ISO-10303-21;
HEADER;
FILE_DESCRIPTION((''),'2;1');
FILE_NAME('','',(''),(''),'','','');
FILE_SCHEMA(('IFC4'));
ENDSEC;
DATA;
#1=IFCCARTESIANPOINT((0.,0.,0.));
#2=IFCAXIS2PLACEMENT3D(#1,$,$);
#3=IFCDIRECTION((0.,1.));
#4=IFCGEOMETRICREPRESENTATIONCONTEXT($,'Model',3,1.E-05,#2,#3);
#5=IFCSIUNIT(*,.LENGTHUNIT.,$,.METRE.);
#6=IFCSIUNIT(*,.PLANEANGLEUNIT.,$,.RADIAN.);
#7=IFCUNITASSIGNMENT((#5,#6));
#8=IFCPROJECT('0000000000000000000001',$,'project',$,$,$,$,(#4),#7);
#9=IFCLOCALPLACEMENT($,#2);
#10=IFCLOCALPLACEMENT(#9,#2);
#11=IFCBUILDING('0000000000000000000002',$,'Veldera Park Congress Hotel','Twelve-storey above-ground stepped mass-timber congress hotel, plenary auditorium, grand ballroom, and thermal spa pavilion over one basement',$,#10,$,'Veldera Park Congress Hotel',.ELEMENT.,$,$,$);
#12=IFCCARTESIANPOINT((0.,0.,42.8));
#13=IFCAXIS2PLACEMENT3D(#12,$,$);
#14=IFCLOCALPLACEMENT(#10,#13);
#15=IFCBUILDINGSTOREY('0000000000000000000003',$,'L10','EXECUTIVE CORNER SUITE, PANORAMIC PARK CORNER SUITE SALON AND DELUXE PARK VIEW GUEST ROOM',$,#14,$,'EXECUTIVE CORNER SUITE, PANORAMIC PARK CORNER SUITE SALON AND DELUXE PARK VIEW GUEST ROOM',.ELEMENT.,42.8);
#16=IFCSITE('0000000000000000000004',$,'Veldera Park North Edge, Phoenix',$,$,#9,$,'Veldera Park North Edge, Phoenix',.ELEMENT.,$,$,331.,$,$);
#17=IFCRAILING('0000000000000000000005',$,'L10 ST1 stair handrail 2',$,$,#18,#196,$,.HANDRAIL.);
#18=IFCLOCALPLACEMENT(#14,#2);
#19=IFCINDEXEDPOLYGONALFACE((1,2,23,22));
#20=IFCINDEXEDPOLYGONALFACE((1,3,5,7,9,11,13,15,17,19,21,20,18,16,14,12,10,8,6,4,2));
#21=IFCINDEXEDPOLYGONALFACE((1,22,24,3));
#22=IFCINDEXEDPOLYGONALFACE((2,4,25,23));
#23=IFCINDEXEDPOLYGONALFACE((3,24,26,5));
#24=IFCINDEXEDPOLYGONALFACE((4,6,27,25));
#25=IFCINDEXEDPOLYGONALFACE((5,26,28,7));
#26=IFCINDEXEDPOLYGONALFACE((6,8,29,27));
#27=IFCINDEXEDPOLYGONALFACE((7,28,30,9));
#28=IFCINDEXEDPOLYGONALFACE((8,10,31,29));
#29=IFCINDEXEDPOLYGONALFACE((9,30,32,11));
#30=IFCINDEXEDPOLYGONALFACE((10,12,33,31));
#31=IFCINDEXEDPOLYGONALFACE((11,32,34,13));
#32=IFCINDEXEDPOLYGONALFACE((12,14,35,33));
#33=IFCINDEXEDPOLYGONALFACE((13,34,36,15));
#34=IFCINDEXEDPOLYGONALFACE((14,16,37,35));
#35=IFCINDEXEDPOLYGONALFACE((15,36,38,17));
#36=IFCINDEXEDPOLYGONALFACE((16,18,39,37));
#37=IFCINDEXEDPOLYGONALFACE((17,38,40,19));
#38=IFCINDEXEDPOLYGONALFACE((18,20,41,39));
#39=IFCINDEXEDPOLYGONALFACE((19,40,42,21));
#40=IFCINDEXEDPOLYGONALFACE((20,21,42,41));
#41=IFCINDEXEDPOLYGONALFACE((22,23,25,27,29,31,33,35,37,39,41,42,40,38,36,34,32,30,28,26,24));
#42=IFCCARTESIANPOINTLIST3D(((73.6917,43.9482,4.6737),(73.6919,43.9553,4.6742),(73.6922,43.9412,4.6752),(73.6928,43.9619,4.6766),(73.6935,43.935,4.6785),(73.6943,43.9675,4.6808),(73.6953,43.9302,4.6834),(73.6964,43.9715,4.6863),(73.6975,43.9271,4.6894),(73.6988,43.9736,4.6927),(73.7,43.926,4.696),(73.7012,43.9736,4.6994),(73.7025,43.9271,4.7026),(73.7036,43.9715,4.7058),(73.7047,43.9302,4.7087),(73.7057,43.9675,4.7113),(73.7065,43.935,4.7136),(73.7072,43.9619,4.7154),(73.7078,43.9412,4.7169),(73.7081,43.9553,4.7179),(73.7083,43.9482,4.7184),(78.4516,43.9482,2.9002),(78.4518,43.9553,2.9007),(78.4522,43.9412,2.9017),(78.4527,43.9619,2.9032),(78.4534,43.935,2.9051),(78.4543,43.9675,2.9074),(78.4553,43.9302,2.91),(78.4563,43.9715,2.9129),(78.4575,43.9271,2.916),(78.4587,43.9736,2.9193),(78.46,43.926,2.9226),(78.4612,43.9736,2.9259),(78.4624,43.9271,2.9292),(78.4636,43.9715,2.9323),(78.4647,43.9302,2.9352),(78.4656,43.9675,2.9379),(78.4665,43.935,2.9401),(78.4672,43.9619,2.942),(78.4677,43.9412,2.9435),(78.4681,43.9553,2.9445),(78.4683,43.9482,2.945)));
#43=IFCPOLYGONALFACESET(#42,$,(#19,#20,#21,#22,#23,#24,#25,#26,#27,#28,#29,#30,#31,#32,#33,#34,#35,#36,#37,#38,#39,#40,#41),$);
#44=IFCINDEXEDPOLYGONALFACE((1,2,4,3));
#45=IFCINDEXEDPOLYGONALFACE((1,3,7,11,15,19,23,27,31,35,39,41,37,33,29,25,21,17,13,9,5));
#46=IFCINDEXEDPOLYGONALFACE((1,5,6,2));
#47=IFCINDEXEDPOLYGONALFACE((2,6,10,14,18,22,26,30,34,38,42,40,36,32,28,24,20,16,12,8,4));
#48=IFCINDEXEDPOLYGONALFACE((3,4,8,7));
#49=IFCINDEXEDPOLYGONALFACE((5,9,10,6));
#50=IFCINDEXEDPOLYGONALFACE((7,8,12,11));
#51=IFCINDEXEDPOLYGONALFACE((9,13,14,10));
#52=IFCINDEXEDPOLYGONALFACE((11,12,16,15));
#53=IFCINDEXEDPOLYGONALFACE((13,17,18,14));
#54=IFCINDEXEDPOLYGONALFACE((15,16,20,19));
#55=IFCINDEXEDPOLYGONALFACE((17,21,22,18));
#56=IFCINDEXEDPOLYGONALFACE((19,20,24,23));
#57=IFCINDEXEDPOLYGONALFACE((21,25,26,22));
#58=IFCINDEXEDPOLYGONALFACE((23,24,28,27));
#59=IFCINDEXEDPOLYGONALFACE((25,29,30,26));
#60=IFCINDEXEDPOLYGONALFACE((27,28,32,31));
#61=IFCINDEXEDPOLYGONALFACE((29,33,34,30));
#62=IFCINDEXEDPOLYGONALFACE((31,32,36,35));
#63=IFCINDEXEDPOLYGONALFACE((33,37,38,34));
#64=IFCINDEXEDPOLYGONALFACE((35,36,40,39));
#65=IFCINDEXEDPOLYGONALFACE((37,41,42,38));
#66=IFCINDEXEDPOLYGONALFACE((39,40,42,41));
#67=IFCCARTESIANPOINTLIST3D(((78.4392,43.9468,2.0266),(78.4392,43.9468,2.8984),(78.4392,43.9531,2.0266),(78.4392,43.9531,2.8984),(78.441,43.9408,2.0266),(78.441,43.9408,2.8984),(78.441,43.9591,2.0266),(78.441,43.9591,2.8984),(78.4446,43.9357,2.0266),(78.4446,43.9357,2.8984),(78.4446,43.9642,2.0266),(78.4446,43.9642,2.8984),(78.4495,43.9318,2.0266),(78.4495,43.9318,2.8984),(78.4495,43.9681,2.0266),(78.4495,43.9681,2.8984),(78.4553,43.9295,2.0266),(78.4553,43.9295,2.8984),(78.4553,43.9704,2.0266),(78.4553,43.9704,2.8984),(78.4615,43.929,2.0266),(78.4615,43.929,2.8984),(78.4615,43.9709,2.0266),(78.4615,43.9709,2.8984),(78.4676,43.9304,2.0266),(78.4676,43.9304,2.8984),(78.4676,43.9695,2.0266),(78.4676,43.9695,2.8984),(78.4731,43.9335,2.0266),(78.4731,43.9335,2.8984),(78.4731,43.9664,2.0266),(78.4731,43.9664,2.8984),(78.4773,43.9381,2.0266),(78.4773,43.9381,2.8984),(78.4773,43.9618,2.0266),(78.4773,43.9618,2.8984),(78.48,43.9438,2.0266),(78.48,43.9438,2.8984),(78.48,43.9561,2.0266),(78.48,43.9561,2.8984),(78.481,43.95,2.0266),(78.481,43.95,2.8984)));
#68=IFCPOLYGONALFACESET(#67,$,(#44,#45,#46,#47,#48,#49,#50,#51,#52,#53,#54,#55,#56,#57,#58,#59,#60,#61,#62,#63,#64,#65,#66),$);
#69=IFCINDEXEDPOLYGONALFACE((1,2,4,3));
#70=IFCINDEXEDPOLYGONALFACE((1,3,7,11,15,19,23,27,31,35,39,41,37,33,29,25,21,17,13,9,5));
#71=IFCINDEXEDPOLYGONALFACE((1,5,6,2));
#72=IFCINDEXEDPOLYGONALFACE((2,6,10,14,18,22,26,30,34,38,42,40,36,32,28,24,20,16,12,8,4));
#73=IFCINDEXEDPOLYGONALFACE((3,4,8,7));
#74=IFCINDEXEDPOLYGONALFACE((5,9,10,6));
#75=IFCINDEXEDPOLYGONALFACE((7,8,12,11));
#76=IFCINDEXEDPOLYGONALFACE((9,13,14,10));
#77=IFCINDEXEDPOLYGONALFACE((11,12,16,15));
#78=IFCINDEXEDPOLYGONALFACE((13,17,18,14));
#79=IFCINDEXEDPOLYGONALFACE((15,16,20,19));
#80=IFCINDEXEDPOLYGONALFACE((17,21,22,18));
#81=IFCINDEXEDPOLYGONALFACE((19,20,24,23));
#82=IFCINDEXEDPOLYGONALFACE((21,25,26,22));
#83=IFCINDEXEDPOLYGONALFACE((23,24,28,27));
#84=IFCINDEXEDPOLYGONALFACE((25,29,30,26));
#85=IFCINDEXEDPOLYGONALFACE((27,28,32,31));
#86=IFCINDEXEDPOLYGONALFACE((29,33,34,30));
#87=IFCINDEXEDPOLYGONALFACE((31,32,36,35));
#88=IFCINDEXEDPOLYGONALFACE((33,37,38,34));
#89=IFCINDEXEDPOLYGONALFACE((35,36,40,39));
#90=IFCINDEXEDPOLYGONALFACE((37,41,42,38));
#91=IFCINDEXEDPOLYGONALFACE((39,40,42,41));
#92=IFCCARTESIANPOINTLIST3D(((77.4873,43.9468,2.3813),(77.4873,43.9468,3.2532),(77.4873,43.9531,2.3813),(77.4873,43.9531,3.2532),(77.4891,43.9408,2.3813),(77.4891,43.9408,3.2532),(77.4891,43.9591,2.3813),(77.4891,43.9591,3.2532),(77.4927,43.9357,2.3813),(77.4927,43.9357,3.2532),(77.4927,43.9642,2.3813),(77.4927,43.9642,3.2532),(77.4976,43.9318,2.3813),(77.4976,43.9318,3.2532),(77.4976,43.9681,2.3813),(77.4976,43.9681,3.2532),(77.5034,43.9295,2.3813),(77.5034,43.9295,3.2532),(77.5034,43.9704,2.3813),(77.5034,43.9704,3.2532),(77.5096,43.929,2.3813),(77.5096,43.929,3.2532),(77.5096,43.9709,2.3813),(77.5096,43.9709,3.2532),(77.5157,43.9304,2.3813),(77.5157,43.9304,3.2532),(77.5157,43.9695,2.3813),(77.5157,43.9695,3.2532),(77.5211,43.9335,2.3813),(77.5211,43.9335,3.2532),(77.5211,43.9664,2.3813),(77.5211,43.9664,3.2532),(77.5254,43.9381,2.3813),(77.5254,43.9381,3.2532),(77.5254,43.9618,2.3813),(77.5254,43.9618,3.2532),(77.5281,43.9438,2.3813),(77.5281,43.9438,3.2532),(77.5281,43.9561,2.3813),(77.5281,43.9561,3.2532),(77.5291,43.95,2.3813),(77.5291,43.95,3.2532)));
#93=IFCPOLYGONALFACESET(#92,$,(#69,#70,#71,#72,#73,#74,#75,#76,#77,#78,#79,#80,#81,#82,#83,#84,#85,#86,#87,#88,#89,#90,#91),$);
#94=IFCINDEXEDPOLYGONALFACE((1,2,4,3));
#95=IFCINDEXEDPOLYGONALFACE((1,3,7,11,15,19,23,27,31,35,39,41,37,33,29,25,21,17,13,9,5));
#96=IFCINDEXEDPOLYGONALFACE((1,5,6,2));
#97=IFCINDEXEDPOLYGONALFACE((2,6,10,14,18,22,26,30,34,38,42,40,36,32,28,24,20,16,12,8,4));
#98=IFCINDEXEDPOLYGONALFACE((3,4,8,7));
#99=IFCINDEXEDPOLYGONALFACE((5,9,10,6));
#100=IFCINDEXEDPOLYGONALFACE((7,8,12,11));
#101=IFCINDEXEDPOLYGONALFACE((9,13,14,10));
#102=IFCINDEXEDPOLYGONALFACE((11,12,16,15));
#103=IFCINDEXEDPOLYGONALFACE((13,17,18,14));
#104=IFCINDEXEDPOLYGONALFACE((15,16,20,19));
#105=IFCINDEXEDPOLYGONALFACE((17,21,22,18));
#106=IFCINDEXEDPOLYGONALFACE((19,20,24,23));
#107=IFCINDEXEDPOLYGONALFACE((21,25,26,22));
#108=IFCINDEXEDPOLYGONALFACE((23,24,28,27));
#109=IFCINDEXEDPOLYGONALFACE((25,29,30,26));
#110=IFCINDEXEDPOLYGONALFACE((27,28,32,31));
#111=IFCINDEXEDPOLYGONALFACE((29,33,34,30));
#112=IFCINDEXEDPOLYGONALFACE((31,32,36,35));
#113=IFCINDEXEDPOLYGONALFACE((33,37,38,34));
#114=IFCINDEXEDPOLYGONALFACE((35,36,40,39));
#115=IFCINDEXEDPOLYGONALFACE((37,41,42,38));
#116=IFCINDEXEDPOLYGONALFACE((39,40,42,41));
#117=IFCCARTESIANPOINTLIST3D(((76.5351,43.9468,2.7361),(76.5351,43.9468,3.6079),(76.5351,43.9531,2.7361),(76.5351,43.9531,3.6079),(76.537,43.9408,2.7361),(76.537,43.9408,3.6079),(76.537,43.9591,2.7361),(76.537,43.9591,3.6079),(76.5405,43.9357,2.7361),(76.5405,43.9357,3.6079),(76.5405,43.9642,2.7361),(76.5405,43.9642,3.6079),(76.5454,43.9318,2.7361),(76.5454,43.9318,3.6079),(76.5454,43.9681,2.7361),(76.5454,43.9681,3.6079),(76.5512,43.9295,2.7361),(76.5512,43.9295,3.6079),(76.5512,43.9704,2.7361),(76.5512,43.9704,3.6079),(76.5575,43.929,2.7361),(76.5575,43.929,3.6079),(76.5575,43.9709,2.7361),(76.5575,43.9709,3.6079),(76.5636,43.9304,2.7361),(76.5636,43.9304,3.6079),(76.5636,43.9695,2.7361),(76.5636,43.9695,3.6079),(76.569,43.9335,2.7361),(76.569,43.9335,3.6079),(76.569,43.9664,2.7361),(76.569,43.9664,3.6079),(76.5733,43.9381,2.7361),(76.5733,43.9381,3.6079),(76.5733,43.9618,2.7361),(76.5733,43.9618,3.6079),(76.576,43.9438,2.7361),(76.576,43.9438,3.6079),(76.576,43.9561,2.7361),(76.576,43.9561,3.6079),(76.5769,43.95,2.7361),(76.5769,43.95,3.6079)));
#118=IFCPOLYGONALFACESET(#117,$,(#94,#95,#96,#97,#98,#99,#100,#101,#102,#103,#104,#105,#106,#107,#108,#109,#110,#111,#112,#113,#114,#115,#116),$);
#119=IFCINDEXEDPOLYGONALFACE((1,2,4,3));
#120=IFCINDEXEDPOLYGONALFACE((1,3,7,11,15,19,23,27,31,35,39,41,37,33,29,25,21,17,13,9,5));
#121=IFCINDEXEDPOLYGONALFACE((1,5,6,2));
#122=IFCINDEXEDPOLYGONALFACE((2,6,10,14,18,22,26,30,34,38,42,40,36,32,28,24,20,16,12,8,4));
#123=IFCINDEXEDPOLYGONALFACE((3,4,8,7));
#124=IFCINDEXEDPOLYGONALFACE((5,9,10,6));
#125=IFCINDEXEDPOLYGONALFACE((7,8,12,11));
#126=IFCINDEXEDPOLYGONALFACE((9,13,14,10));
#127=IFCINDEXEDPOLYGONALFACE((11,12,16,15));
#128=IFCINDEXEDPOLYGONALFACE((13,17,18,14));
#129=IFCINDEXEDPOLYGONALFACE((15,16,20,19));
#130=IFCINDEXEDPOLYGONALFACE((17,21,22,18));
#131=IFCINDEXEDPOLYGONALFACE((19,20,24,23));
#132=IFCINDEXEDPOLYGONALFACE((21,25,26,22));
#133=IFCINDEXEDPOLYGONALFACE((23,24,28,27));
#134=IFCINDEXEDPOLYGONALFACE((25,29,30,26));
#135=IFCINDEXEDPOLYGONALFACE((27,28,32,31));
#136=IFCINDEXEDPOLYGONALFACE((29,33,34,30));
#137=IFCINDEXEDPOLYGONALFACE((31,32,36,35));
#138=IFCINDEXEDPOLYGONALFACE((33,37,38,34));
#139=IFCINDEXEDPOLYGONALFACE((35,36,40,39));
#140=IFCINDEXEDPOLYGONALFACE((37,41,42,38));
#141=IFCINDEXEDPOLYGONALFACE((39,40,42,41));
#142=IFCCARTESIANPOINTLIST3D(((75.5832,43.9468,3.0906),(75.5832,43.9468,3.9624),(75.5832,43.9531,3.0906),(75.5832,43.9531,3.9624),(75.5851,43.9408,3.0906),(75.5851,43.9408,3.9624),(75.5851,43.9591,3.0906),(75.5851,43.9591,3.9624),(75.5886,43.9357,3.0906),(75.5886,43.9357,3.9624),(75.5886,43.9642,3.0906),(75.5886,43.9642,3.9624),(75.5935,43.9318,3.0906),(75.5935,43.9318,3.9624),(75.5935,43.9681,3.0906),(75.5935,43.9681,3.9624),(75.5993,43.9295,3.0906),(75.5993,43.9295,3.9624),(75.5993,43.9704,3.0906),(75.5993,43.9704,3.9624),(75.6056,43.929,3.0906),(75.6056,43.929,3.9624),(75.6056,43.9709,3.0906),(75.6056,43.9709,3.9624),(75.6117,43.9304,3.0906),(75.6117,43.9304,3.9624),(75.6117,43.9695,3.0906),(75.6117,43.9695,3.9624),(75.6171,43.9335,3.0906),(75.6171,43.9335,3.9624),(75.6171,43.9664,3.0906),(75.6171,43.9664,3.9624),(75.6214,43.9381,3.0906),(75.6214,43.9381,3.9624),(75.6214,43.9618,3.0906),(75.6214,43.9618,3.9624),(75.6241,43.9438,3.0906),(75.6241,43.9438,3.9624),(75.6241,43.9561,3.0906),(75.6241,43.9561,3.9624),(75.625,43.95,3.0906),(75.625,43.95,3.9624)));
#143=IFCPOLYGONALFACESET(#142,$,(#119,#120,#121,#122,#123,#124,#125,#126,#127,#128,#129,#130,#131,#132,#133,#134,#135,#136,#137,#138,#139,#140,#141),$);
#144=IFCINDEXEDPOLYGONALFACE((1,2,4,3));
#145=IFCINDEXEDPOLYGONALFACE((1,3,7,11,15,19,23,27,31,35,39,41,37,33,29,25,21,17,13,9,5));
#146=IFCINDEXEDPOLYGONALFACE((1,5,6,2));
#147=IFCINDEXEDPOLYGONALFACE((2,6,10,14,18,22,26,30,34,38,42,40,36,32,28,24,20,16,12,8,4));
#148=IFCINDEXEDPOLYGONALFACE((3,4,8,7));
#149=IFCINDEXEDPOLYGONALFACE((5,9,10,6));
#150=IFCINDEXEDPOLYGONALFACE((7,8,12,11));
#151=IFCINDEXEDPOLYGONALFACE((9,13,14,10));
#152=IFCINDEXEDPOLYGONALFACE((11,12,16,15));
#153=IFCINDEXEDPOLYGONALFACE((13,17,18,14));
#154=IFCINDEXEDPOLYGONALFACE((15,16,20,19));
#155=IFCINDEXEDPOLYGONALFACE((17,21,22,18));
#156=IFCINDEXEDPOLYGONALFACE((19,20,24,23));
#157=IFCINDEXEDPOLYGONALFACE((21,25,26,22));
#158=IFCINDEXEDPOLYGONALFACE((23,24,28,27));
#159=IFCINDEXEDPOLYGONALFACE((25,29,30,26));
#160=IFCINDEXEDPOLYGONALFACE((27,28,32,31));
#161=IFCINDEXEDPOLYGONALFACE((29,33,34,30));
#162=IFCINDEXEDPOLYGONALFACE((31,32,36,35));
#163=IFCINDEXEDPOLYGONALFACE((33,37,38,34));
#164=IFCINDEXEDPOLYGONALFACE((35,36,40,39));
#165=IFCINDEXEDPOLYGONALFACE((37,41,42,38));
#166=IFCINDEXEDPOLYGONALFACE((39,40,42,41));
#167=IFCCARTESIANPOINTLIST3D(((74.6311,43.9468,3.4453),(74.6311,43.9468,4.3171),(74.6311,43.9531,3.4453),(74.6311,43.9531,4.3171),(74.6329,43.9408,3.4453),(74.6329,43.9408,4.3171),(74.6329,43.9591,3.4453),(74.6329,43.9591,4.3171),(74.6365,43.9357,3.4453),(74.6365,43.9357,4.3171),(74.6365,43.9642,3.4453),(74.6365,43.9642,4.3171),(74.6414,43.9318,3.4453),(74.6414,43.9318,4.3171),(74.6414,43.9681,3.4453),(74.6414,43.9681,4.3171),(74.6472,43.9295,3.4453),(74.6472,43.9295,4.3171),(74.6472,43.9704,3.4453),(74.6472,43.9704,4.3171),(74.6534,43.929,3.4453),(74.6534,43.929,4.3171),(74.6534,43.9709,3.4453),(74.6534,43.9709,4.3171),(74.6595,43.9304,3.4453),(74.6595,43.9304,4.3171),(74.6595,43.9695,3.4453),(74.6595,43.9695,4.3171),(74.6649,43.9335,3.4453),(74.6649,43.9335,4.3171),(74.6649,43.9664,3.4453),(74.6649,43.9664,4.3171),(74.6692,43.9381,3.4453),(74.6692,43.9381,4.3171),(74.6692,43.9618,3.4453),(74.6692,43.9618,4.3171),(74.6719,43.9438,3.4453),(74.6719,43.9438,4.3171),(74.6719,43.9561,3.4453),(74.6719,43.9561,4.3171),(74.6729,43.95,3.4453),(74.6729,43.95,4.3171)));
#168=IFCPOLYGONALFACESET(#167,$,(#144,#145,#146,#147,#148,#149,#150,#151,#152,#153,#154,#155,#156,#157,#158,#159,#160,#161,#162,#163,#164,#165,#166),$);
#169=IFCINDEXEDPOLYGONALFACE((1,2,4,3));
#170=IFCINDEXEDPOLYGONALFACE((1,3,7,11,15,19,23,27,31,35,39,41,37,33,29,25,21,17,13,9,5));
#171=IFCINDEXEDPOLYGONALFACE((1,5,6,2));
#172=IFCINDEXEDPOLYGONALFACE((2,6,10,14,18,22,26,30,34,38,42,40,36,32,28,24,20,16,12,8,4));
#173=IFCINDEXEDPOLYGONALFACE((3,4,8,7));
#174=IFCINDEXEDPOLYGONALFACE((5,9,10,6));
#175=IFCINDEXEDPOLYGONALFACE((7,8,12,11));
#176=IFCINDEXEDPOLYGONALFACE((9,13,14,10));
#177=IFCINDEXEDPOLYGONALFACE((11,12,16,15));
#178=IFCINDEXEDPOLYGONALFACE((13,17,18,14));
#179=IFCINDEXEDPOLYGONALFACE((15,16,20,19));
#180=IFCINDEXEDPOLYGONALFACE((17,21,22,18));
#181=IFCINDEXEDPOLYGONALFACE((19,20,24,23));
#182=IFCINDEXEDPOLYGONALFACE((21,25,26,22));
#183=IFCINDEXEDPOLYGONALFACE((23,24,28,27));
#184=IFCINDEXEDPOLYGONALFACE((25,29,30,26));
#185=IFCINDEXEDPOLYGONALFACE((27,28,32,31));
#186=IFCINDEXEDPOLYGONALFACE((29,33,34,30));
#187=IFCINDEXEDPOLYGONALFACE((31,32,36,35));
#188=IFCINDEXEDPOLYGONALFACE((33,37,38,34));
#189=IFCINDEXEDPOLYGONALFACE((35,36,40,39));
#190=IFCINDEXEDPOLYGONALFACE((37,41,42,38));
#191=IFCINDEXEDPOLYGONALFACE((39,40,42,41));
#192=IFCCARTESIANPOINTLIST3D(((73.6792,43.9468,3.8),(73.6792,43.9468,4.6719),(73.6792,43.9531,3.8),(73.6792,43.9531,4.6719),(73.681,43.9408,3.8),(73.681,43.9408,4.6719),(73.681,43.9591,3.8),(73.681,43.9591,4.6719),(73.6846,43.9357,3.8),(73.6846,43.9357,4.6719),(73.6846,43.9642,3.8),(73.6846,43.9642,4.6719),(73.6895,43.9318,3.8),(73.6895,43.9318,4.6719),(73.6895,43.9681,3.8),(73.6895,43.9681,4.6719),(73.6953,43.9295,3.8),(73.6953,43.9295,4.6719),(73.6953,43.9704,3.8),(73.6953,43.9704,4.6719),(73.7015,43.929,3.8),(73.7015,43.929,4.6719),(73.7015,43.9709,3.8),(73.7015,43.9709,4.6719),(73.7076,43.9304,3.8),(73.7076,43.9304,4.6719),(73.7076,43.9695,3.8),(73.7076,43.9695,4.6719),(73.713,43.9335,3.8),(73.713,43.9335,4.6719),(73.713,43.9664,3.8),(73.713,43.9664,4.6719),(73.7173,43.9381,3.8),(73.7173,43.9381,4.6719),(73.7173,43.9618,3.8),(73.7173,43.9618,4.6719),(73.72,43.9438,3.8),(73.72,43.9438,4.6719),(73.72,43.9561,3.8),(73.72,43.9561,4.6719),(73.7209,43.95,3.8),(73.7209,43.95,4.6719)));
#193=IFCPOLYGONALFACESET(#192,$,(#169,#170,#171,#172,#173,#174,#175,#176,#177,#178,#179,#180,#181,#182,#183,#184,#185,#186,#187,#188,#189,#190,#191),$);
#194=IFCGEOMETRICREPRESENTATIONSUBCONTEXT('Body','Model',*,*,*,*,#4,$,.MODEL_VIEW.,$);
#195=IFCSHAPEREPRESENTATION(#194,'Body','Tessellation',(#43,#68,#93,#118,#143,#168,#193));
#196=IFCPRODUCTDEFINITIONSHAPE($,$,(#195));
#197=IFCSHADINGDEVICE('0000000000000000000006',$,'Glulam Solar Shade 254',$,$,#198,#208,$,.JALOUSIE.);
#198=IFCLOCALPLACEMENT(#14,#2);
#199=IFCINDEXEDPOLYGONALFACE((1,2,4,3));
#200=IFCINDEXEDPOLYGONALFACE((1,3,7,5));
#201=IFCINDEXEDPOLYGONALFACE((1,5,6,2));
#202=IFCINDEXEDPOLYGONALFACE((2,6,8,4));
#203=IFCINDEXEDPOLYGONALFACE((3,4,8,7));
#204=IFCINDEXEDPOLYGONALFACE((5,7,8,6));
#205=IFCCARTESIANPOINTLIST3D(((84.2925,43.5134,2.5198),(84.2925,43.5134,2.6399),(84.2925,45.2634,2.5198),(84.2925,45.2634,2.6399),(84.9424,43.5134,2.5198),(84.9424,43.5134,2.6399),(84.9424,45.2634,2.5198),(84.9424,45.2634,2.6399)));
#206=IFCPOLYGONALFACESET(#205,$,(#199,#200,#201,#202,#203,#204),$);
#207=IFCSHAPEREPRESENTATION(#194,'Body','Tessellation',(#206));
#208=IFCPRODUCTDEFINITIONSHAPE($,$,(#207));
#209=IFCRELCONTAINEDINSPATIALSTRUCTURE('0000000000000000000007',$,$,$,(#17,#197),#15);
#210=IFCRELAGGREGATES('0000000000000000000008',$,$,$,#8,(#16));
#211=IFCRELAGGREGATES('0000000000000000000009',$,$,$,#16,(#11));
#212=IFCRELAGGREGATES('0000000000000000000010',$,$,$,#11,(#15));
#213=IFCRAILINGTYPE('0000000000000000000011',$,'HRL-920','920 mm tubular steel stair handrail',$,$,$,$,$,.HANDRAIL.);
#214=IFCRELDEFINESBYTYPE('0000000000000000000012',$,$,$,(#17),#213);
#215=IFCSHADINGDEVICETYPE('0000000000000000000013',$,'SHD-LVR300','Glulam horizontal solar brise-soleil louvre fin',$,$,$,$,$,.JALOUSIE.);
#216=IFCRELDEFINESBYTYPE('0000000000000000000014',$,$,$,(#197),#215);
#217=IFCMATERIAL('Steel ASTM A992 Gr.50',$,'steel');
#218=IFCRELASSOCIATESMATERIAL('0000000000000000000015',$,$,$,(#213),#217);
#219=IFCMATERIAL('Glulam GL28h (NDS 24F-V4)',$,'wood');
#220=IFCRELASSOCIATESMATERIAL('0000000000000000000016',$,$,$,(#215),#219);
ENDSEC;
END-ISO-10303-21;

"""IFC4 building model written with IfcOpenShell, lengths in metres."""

from ifc_helpers import new_model, si_unit, direction, frame, origin, origin_2d, place, context, subcontext, project, spatial, rectangle, circle, extrude, material, type_object, element, save


model = new_model("IFC4")

# Units and contexts
model_context = context("Model", 3, precision=1e-05, world=origin(), true_north=direction((0.0, 1.0)))
body_context = subcontext(model_context, "Body", "Model", "MODEL_VIEW")
ifc_project = project(units=[si_unit("LENGTHUNIT", "METRE"), si_unit("PLANEANGLEUNIT", "RADIAN")], contexts=[model_context])

# Site, building, storey
site_placement = place(None, origin())
site = spatial("IfcSite", under=ifc_project, at=site_placement, Name="Veldera Park North Edge, Phoenix", LongName="Veldera Park North Edge, Phoenix", CompositionType="ELEMENT", RefElevation=331.0)
building_placement = place(site_placement, origin())
building = spatial("IfcBuilding", under=site, at=building_placement, Name="Veldera Park Congress Hotel", Description="Twelve-storey above-ground stepped mass-timber congress hotel, plenary auditorium, grand ballroom, and thermal spa pavilion over one basement", LongName="Veldera Park Congress Hotel", CompositionType="ELEMENT")
storey_placement = place(building_placement, frame((0.0, 0.0, 42.8)))
storey = spatial("IfcBuildingStorey", under=building, at=storey_placement, Name="L10", Description="EXECUTIVE CORNER SUITE, PANORAMIC PARK CORNER SUITE SALON AND DELUXE PARK VIEW GUEST ROOM", LongName="EXECUTIVE CORNER SUITE, PANORAMIC PARK CORNER SUITE SALON AND DELUXE PARK VIEW GUEST ROOM", CompositionType="ELEMENT", Elevation=42.8)

# Shared definitions
ifc_material_1 = material(Name="Glulam GL28h (NDS 24F-V4)", Category="wood")

# Railing
ifc_material_2 = material(Name="Steel ASTM A992 Gr.50", Category="steel")
railing_type_1 = type_object("IfcRailingType", Name="HRL-920", Description="920 mm tubular steel stair handrail", PredefinedType="HANDRAIL", material=ifc_material_2)
railing_1_placement = place(storey_placement, frame((78.46, 43.95, 2.0266)))
element("IfcRailing", 1, at=railing_1_placement, inside=storey, type_object=railing_type_1, Name="L10 ST1 stair handrail 2", PredefinedType="HANDRAIL", context=body_context, shape_type="SweptSolid", body=[
    extrude(circle(Radius=0.0239, at=origin_2d()), frame((0.0, 0.0, 0.896), z_axis=(-0.937076, 0.0, 0.349126), x_axis=(0.0, -1.0, 0.0)), (0.0, 0.0, 1.0), 5.0796),
    extrude(circle(Radius=0.021, at=origin_2d()), origin(), (0.0, 0.0, 1.0), 0.8718),
    extrude(circle(Radius=0.021, at=origin_2d()), frame((-0.9519, 0.0, 0.3547)), (0.0, 0.0, 1.0), 0.8718),
    extrude(circle(Radius=0.021, at=origin_2d()), frame((-1.9041, 0.0, 0.7095)), (0.0, 0.0, 1.0), 0.8718),
    extrude(circle(Radius=0.021, at=origin_2d()), frame((-2.856, 0.0, 1.064)), (0.0, 0.0, 1.0), 0.8718),
    extrude(circle(Radius=0.021, at=origin_2d()), frame((-3.8081, 0.0, 1.4187)), (0.0, 0.0, 1.0), 0.8718),
    extrude(circle(Radius=0.021, at=origin_2d()), frame((-4.76, 0.0, 1.7734)), (0.0, 0.0, 1.0), 0.8718),
])

# Shading device
shading_device_type = type_object("IfcShadingDeviceType", Name="SHD-LVR300", Description="Glulam horizontal solar brise-soleil louvre fin", PredefinedType="JALOUSIE", material=ifc_material_1)
shading_device_placement = place(storey_placement, frame((84.6174, 44.3884, 2.5198), z_axis=(0.0, 0.0, 1.0), x_axis=(0.0, 1.0, 0.0)))
element("IfcShadingDevice", 2, at=shading_device_placement, inside=storey, type_object=shading_device_type, Name="Glulam Solar Shade 254", PredefinedType="JALOUSIE", context=body_context, shape_type="SweptSolid", body=[
    extrude(rectangle(XDim=1.75, YDim=0.6499, at=origin_2d()), origin(), (0.0, 0.0, 1.0), 0.1201),
])

save(model, "model.ifc")
